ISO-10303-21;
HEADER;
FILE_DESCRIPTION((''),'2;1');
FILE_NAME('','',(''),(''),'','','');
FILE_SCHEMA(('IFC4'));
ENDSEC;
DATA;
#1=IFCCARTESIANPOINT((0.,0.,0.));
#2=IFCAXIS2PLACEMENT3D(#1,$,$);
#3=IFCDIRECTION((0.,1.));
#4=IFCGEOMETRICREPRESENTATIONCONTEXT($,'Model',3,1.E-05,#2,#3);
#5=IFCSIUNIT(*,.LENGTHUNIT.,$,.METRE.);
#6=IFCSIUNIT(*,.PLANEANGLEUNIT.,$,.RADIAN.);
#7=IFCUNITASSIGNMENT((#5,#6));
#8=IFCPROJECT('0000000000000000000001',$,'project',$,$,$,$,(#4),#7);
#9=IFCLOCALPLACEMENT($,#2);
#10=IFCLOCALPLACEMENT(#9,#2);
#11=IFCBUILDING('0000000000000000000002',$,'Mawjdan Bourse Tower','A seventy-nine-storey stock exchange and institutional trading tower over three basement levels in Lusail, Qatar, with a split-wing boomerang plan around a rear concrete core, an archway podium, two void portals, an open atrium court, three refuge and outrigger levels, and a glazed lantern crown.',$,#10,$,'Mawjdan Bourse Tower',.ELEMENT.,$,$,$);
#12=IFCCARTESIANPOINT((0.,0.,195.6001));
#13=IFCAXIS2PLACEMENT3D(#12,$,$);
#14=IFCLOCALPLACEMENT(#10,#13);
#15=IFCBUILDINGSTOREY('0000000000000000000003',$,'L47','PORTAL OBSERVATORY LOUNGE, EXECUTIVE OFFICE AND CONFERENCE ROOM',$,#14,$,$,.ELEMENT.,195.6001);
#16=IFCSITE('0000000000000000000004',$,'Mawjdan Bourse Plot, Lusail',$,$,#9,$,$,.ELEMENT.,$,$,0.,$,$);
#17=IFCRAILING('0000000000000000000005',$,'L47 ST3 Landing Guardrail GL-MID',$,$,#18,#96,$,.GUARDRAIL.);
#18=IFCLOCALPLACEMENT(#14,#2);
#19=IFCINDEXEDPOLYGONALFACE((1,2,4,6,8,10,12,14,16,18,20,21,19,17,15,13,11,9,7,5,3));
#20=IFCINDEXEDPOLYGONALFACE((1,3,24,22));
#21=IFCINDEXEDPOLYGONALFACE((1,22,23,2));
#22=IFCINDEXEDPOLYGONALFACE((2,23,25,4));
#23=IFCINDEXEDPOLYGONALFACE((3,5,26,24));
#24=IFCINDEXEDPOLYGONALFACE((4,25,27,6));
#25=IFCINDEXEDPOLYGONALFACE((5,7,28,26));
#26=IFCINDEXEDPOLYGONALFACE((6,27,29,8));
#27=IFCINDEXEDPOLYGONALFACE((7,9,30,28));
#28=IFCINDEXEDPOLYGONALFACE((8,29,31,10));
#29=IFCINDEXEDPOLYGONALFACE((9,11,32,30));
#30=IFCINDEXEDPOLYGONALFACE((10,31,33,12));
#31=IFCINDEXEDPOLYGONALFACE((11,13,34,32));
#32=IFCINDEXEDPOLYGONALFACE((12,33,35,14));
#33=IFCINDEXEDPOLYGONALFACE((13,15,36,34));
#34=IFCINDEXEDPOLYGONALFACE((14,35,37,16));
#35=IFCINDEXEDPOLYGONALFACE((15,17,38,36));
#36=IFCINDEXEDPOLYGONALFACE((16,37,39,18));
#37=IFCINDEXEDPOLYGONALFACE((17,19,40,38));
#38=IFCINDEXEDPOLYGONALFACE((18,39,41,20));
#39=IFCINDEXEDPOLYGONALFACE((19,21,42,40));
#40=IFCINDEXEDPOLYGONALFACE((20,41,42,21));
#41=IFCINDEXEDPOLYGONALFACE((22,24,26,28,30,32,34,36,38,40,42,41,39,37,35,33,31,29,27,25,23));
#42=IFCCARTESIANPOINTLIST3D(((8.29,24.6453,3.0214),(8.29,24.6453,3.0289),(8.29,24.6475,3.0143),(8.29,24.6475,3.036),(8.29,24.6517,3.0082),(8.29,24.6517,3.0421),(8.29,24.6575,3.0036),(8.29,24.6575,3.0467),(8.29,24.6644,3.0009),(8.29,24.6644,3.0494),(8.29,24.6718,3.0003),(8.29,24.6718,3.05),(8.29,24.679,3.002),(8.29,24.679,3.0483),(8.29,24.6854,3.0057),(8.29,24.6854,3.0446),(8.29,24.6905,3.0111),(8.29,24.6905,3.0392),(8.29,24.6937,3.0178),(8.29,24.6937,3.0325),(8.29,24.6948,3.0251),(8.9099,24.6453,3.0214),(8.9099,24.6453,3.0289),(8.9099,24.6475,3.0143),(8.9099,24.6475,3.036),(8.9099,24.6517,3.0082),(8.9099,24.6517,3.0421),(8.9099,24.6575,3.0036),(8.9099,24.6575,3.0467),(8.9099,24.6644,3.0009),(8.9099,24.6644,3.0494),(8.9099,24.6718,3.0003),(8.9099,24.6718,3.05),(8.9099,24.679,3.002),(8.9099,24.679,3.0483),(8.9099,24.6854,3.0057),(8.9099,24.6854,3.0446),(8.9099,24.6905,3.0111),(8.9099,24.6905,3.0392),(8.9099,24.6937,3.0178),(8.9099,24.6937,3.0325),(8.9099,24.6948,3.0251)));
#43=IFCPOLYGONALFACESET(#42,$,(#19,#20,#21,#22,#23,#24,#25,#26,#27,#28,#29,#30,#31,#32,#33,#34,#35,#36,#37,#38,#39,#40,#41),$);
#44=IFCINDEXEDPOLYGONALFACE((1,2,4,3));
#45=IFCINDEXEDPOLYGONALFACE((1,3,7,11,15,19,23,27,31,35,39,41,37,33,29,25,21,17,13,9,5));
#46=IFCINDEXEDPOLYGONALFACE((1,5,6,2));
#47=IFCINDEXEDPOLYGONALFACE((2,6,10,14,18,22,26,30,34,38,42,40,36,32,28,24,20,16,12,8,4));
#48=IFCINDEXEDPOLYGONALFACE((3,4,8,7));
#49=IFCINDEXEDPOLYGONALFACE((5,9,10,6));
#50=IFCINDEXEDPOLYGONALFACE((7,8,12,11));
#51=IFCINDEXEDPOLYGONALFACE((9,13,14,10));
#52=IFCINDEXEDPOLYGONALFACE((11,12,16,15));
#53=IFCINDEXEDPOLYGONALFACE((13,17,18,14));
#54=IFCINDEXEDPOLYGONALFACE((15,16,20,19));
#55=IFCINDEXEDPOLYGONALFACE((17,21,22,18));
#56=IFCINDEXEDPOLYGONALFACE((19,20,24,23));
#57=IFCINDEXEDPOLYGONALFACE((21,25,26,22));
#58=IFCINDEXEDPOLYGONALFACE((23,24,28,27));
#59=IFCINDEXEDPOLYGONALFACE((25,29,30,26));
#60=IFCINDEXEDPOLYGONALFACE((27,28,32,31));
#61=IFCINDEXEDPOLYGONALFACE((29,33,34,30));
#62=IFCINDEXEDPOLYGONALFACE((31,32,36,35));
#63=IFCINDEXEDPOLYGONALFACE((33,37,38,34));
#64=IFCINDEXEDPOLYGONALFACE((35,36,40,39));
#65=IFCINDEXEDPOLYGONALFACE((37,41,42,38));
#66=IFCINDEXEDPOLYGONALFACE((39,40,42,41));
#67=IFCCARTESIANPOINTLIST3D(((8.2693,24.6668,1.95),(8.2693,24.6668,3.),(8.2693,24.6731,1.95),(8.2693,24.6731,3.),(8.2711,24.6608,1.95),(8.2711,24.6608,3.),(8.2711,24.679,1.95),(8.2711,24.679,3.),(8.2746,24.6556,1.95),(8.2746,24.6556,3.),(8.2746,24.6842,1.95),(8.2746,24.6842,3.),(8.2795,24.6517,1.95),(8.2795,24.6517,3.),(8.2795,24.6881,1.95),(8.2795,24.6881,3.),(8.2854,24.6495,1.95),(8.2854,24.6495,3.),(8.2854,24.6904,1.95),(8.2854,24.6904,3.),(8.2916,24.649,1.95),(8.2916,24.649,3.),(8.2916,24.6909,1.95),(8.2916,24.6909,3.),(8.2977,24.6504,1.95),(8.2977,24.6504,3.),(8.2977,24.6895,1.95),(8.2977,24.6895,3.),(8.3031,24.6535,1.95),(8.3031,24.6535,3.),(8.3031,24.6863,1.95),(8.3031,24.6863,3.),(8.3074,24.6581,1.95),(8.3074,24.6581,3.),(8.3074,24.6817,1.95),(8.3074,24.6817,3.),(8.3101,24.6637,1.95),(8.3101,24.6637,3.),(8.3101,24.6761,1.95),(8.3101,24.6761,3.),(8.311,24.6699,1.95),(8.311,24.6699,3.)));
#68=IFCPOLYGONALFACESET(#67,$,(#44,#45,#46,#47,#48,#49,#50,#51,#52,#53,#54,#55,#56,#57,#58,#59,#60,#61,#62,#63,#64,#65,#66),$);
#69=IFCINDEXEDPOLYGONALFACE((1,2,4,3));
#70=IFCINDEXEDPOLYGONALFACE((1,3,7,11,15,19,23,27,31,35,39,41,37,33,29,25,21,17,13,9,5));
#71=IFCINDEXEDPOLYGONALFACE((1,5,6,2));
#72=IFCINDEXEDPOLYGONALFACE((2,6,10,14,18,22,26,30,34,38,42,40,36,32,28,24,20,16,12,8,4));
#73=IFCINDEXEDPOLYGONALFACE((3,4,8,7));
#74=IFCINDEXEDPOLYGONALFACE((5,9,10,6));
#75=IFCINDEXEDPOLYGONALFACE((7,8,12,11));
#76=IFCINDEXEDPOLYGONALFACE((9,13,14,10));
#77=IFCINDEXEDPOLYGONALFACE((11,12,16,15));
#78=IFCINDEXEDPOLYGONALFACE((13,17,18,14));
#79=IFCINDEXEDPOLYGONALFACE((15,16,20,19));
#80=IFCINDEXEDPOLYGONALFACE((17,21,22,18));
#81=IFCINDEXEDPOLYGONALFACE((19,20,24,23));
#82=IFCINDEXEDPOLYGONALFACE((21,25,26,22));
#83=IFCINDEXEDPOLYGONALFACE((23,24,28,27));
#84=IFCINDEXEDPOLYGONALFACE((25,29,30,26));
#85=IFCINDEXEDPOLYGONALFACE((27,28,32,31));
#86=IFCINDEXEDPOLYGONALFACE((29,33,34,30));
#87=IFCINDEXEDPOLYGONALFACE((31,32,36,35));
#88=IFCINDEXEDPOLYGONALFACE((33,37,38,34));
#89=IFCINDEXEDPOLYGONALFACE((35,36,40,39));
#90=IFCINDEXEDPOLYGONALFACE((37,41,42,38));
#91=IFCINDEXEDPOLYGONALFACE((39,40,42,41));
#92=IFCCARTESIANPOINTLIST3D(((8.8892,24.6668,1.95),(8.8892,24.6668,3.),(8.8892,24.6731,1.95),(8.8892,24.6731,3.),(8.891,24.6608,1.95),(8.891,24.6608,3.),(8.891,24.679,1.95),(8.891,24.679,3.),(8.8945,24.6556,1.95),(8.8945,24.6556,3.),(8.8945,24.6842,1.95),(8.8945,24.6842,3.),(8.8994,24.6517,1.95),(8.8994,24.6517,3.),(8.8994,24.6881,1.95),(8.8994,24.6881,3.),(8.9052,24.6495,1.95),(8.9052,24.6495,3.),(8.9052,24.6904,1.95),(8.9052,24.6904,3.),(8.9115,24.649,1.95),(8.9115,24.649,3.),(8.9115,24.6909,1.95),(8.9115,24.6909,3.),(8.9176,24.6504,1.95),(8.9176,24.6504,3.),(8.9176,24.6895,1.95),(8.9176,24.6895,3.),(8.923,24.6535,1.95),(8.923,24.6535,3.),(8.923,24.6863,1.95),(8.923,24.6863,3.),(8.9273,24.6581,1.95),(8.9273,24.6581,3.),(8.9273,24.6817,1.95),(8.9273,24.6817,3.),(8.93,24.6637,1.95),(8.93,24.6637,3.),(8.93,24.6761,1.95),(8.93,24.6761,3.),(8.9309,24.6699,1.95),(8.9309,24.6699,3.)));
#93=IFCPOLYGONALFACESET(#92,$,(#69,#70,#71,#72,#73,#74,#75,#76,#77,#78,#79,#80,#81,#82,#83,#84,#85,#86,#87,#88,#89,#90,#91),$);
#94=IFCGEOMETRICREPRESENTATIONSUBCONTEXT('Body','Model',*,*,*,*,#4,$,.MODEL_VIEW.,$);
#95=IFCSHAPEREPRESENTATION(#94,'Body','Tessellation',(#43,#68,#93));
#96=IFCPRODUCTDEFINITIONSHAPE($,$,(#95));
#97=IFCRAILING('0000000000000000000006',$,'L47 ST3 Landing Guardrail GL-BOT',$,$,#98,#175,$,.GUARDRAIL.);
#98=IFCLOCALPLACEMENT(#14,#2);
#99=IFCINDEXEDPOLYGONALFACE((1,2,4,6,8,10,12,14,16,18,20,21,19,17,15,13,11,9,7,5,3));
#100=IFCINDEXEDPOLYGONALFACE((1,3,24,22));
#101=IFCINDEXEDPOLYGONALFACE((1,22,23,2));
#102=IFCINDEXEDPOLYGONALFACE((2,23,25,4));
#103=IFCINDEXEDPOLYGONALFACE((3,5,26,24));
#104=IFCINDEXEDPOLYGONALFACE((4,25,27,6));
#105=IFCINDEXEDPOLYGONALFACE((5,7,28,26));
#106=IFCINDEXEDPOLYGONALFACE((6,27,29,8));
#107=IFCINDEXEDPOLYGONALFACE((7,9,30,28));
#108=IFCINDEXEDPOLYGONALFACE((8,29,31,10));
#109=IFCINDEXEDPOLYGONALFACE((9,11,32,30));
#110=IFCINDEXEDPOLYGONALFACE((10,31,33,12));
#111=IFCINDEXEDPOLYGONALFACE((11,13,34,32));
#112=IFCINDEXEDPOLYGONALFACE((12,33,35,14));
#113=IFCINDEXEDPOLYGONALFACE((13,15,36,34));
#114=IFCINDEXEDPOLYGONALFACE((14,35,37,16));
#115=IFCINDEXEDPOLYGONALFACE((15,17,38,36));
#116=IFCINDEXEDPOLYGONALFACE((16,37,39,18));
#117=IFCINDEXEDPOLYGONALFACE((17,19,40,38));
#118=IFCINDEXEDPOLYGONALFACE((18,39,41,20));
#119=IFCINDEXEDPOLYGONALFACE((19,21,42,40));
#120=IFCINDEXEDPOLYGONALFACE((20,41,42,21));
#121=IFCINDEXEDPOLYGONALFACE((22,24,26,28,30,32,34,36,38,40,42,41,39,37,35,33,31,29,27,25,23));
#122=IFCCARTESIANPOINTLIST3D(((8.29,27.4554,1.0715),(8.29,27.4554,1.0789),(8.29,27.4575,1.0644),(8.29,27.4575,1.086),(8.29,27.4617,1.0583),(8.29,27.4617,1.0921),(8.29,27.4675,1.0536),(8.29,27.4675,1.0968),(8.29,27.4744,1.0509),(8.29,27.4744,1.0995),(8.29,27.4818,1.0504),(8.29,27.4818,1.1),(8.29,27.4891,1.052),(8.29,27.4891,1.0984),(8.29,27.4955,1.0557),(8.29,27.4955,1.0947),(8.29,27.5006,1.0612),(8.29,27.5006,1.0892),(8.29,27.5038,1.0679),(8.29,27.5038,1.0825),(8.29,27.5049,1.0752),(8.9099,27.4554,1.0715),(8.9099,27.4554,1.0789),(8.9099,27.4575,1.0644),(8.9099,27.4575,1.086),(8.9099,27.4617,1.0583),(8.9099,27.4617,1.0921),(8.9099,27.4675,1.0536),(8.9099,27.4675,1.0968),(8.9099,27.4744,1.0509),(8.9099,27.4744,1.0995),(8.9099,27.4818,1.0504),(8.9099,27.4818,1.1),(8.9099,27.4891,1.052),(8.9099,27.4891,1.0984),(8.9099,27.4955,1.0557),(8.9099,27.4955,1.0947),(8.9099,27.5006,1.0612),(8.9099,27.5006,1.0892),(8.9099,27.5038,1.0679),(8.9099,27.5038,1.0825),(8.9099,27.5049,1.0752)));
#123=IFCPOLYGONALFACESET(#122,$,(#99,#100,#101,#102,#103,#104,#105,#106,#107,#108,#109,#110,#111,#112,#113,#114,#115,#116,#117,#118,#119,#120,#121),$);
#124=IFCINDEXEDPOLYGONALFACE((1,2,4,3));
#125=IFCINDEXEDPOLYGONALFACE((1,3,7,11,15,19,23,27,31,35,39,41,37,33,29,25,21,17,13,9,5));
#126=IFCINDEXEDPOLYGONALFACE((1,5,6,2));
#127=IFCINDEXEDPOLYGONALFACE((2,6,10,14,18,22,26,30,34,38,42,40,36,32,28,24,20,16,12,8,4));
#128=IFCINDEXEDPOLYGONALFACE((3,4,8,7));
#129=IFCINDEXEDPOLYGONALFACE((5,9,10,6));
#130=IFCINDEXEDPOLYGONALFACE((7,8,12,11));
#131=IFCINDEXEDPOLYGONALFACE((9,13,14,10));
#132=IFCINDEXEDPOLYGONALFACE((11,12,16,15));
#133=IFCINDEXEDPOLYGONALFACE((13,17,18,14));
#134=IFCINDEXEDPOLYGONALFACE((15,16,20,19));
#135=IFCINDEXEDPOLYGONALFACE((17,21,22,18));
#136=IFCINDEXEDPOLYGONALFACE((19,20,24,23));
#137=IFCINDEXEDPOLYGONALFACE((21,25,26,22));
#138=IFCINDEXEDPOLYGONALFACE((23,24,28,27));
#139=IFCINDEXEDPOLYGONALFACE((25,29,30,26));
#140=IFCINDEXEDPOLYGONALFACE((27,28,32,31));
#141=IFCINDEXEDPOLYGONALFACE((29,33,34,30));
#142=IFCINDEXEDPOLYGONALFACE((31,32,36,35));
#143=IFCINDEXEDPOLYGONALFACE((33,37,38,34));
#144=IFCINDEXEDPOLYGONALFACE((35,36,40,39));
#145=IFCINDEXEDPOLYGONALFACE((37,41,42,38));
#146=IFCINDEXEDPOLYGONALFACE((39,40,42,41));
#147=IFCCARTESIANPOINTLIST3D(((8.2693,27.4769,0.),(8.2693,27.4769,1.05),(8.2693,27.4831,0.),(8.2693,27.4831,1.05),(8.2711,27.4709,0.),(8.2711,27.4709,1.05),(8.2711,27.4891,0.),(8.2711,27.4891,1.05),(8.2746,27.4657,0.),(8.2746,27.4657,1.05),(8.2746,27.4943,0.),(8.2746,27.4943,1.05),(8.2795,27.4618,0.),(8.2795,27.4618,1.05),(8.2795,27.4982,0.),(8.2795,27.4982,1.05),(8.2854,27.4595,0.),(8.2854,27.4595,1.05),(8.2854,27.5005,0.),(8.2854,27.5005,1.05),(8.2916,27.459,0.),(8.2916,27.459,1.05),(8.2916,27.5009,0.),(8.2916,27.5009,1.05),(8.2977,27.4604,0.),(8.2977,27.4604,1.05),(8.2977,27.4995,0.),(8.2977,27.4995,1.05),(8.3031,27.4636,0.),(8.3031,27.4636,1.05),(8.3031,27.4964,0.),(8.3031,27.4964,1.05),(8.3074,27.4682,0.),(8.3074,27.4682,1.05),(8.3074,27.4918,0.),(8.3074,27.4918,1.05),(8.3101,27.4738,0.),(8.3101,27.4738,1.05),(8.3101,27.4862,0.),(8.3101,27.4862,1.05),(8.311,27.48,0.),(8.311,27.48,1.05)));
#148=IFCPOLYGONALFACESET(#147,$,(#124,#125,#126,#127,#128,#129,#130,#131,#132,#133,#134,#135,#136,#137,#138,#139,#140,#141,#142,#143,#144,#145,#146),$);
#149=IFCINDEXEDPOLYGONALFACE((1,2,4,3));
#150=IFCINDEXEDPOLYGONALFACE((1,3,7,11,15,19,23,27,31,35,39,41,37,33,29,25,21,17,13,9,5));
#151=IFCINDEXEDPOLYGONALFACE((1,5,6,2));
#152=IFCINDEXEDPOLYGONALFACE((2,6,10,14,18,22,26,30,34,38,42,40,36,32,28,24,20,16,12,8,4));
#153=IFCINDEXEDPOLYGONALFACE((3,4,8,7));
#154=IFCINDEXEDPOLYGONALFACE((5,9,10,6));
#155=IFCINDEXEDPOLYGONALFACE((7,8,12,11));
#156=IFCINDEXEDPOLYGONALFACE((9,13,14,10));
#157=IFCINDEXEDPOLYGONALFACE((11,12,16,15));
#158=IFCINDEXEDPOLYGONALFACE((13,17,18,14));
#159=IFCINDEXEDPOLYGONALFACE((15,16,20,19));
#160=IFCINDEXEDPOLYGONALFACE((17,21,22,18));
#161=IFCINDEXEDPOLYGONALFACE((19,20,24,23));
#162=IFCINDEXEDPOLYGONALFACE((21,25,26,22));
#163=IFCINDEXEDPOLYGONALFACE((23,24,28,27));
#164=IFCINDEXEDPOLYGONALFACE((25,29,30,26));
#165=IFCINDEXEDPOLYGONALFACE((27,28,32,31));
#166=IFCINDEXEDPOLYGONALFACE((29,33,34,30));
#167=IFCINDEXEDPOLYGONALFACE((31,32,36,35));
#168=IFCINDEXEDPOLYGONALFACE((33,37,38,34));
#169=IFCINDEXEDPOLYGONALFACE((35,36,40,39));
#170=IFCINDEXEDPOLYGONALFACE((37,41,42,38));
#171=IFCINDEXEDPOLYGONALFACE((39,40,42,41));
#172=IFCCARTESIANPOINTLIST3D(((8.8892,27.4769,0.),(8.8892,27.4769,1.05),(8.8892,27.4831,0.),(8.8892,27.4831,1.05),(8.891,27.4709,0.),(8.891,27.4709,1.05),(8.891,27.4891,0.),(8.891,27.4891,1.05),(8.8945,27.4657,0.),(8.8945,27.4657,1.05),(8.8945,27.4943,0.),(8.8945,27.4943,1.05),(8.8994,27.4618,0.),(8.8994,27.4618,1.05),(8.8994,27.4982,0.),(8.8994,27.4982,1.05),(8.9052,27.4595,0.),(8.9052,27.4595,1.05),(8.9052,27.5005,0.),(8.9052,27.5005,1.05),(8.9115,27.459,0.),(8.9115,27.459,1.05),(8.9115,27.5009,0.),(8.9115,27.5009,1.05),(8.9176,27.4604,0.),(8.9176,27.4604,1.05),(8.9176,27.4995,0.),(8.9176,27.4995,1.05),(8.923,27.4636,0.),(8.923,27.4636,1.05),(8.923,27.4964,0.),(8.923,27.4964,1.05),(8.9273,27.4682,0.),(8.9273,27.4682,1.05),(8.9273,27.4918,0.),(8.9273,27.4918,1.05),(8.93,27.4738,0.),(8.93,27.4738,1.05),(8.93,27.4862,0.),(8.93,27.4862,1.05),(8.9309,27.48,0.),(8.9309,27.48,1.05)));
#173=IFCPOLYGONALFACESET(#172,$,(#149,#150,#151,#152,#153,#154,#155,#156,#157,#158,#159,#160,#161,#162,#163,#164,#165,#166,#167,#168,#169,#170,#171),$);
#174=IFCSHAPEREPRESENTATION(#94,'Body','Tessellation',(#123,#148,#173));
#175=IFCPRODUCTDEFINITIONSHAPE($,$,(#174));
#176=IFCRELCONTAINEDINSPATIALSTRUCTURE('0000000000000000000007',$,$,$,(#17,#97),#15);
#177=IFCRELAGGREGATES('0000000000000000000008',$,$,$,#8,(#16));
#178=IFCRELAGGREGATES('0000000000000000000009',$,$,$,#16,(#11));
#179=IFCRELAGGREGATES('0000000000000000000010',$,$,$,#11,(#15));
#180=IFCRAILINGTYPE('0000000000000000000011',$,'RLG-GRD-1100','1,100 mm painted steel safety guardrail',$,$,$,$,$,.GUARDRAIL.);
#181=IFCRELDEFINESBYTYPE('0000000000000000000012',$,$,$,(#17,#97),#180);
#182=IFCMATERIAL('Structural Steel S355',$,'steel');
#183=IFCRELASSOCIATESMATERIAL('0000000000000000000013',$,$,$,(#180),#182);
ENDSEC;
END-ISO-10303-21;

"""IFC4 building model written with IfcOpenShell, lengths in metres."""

from ifc_helpers import new_model, si_unit, direction, frame, origin, origin_2d, place, context, subcontext, project, spatial, circle, extrude, material, type_object, element, save


model = new_model("IFC4")

# Units and contexts
model_context = context("Model", 3, precision=1e-05, world=origin(), true_north=direction((0.0, 1.0)))
body_context = subcontext(model_context, "Body", "Model", "MODEL_VIEW")
ifc_project = project(units=[si_unit("LENGTHUNIT", "METRE"), si_unit("PLANEANGLEUNIT", "RADIAN")], contexts=[model_context])

# Site, building, storey
site_placement = place(None, origin())
site = spatial("IfcSite", under=ifc_project, at=site_placement, Name="Mawjdan Bourse Plot, Lusail", CompositionType="ELEMENT", RefElevation=0.0)
building_placement = place(site_placement, origin())
building = spatial("IfcBuilding", under=site, at=building_placement, Name="Mawjdan Bourse Tower", Description="A seventy-nine-storey stock exchange and institutional trading tower over three basement levels in Lusail, Qatar, with a split-wing boomerang plan around a rear concrete core, an archway podium, two void portals, an open atrium court, three refuge and outrigger levels, and a glazed lantern crown.", LongName="Mawjdan Bourse Tower", CompositionType="ELEMENT")
storey_placement = place(building_placement, frame((0.0, 0.0, 195.6001)))
storey = spatial("IfcBuildingStorey", under=building, at=storey_placement, Name="L47", Description="PORTAL OBSERVATORY LOUNGE, EXECUTIVE OFFICE AND CONFERENCE ROOM", CompositionType="ELEMENT", Elevation=195.6001)

# Shared definitions
ifc_material_1 = material(Name="Structural Steel S355", Category="steel")

# Railings
railing_type_1 = type_object("IfcRailingType", Name="RLG-GRD-1100", Description="1,100 mm painted steel safety guardrail", PredefinedType="GUARDRAIL", material=ifc_material_1)
for number, where, name in (
    (1, (8.29, 24.6699, 1.95), "L47 ST3 Landing Guardrail GL-MID"),
    (2, (8.29, 27.48, 0.0), "L47 ST3 Landing Guardrail GL-BOT"),
):
    element("IfcRailing", number, at=place(storey_placement, frame(where)), inside=storey, type_object=railing_type_1, Name=name, PredefinedType="GUARDRAIL", context=body_context, shape_type="SweptSolid", body=[
        extrude(circle(Radius=0.0249, at=origin_2d()), frame((0.0, 0.0, 1.0752), z_axis=(1.0, 0.0, 0.0), x_axis=(0.0, 1.0, 0.0)), (0.0, 0.0, 1.0), 0.6199),
        extrude(circle(Radius=0.021, at=origin_2d()), origin(), (0.0, 0.0, 1.0), 1.05),
        extrude(circle(Radius=0.021, at=origin_2d()), frame((0.6199, 0.0, 0.0)), (0.0, 0.0, 1.0), 1.05),
    ])

save(model, "model.ifc")
